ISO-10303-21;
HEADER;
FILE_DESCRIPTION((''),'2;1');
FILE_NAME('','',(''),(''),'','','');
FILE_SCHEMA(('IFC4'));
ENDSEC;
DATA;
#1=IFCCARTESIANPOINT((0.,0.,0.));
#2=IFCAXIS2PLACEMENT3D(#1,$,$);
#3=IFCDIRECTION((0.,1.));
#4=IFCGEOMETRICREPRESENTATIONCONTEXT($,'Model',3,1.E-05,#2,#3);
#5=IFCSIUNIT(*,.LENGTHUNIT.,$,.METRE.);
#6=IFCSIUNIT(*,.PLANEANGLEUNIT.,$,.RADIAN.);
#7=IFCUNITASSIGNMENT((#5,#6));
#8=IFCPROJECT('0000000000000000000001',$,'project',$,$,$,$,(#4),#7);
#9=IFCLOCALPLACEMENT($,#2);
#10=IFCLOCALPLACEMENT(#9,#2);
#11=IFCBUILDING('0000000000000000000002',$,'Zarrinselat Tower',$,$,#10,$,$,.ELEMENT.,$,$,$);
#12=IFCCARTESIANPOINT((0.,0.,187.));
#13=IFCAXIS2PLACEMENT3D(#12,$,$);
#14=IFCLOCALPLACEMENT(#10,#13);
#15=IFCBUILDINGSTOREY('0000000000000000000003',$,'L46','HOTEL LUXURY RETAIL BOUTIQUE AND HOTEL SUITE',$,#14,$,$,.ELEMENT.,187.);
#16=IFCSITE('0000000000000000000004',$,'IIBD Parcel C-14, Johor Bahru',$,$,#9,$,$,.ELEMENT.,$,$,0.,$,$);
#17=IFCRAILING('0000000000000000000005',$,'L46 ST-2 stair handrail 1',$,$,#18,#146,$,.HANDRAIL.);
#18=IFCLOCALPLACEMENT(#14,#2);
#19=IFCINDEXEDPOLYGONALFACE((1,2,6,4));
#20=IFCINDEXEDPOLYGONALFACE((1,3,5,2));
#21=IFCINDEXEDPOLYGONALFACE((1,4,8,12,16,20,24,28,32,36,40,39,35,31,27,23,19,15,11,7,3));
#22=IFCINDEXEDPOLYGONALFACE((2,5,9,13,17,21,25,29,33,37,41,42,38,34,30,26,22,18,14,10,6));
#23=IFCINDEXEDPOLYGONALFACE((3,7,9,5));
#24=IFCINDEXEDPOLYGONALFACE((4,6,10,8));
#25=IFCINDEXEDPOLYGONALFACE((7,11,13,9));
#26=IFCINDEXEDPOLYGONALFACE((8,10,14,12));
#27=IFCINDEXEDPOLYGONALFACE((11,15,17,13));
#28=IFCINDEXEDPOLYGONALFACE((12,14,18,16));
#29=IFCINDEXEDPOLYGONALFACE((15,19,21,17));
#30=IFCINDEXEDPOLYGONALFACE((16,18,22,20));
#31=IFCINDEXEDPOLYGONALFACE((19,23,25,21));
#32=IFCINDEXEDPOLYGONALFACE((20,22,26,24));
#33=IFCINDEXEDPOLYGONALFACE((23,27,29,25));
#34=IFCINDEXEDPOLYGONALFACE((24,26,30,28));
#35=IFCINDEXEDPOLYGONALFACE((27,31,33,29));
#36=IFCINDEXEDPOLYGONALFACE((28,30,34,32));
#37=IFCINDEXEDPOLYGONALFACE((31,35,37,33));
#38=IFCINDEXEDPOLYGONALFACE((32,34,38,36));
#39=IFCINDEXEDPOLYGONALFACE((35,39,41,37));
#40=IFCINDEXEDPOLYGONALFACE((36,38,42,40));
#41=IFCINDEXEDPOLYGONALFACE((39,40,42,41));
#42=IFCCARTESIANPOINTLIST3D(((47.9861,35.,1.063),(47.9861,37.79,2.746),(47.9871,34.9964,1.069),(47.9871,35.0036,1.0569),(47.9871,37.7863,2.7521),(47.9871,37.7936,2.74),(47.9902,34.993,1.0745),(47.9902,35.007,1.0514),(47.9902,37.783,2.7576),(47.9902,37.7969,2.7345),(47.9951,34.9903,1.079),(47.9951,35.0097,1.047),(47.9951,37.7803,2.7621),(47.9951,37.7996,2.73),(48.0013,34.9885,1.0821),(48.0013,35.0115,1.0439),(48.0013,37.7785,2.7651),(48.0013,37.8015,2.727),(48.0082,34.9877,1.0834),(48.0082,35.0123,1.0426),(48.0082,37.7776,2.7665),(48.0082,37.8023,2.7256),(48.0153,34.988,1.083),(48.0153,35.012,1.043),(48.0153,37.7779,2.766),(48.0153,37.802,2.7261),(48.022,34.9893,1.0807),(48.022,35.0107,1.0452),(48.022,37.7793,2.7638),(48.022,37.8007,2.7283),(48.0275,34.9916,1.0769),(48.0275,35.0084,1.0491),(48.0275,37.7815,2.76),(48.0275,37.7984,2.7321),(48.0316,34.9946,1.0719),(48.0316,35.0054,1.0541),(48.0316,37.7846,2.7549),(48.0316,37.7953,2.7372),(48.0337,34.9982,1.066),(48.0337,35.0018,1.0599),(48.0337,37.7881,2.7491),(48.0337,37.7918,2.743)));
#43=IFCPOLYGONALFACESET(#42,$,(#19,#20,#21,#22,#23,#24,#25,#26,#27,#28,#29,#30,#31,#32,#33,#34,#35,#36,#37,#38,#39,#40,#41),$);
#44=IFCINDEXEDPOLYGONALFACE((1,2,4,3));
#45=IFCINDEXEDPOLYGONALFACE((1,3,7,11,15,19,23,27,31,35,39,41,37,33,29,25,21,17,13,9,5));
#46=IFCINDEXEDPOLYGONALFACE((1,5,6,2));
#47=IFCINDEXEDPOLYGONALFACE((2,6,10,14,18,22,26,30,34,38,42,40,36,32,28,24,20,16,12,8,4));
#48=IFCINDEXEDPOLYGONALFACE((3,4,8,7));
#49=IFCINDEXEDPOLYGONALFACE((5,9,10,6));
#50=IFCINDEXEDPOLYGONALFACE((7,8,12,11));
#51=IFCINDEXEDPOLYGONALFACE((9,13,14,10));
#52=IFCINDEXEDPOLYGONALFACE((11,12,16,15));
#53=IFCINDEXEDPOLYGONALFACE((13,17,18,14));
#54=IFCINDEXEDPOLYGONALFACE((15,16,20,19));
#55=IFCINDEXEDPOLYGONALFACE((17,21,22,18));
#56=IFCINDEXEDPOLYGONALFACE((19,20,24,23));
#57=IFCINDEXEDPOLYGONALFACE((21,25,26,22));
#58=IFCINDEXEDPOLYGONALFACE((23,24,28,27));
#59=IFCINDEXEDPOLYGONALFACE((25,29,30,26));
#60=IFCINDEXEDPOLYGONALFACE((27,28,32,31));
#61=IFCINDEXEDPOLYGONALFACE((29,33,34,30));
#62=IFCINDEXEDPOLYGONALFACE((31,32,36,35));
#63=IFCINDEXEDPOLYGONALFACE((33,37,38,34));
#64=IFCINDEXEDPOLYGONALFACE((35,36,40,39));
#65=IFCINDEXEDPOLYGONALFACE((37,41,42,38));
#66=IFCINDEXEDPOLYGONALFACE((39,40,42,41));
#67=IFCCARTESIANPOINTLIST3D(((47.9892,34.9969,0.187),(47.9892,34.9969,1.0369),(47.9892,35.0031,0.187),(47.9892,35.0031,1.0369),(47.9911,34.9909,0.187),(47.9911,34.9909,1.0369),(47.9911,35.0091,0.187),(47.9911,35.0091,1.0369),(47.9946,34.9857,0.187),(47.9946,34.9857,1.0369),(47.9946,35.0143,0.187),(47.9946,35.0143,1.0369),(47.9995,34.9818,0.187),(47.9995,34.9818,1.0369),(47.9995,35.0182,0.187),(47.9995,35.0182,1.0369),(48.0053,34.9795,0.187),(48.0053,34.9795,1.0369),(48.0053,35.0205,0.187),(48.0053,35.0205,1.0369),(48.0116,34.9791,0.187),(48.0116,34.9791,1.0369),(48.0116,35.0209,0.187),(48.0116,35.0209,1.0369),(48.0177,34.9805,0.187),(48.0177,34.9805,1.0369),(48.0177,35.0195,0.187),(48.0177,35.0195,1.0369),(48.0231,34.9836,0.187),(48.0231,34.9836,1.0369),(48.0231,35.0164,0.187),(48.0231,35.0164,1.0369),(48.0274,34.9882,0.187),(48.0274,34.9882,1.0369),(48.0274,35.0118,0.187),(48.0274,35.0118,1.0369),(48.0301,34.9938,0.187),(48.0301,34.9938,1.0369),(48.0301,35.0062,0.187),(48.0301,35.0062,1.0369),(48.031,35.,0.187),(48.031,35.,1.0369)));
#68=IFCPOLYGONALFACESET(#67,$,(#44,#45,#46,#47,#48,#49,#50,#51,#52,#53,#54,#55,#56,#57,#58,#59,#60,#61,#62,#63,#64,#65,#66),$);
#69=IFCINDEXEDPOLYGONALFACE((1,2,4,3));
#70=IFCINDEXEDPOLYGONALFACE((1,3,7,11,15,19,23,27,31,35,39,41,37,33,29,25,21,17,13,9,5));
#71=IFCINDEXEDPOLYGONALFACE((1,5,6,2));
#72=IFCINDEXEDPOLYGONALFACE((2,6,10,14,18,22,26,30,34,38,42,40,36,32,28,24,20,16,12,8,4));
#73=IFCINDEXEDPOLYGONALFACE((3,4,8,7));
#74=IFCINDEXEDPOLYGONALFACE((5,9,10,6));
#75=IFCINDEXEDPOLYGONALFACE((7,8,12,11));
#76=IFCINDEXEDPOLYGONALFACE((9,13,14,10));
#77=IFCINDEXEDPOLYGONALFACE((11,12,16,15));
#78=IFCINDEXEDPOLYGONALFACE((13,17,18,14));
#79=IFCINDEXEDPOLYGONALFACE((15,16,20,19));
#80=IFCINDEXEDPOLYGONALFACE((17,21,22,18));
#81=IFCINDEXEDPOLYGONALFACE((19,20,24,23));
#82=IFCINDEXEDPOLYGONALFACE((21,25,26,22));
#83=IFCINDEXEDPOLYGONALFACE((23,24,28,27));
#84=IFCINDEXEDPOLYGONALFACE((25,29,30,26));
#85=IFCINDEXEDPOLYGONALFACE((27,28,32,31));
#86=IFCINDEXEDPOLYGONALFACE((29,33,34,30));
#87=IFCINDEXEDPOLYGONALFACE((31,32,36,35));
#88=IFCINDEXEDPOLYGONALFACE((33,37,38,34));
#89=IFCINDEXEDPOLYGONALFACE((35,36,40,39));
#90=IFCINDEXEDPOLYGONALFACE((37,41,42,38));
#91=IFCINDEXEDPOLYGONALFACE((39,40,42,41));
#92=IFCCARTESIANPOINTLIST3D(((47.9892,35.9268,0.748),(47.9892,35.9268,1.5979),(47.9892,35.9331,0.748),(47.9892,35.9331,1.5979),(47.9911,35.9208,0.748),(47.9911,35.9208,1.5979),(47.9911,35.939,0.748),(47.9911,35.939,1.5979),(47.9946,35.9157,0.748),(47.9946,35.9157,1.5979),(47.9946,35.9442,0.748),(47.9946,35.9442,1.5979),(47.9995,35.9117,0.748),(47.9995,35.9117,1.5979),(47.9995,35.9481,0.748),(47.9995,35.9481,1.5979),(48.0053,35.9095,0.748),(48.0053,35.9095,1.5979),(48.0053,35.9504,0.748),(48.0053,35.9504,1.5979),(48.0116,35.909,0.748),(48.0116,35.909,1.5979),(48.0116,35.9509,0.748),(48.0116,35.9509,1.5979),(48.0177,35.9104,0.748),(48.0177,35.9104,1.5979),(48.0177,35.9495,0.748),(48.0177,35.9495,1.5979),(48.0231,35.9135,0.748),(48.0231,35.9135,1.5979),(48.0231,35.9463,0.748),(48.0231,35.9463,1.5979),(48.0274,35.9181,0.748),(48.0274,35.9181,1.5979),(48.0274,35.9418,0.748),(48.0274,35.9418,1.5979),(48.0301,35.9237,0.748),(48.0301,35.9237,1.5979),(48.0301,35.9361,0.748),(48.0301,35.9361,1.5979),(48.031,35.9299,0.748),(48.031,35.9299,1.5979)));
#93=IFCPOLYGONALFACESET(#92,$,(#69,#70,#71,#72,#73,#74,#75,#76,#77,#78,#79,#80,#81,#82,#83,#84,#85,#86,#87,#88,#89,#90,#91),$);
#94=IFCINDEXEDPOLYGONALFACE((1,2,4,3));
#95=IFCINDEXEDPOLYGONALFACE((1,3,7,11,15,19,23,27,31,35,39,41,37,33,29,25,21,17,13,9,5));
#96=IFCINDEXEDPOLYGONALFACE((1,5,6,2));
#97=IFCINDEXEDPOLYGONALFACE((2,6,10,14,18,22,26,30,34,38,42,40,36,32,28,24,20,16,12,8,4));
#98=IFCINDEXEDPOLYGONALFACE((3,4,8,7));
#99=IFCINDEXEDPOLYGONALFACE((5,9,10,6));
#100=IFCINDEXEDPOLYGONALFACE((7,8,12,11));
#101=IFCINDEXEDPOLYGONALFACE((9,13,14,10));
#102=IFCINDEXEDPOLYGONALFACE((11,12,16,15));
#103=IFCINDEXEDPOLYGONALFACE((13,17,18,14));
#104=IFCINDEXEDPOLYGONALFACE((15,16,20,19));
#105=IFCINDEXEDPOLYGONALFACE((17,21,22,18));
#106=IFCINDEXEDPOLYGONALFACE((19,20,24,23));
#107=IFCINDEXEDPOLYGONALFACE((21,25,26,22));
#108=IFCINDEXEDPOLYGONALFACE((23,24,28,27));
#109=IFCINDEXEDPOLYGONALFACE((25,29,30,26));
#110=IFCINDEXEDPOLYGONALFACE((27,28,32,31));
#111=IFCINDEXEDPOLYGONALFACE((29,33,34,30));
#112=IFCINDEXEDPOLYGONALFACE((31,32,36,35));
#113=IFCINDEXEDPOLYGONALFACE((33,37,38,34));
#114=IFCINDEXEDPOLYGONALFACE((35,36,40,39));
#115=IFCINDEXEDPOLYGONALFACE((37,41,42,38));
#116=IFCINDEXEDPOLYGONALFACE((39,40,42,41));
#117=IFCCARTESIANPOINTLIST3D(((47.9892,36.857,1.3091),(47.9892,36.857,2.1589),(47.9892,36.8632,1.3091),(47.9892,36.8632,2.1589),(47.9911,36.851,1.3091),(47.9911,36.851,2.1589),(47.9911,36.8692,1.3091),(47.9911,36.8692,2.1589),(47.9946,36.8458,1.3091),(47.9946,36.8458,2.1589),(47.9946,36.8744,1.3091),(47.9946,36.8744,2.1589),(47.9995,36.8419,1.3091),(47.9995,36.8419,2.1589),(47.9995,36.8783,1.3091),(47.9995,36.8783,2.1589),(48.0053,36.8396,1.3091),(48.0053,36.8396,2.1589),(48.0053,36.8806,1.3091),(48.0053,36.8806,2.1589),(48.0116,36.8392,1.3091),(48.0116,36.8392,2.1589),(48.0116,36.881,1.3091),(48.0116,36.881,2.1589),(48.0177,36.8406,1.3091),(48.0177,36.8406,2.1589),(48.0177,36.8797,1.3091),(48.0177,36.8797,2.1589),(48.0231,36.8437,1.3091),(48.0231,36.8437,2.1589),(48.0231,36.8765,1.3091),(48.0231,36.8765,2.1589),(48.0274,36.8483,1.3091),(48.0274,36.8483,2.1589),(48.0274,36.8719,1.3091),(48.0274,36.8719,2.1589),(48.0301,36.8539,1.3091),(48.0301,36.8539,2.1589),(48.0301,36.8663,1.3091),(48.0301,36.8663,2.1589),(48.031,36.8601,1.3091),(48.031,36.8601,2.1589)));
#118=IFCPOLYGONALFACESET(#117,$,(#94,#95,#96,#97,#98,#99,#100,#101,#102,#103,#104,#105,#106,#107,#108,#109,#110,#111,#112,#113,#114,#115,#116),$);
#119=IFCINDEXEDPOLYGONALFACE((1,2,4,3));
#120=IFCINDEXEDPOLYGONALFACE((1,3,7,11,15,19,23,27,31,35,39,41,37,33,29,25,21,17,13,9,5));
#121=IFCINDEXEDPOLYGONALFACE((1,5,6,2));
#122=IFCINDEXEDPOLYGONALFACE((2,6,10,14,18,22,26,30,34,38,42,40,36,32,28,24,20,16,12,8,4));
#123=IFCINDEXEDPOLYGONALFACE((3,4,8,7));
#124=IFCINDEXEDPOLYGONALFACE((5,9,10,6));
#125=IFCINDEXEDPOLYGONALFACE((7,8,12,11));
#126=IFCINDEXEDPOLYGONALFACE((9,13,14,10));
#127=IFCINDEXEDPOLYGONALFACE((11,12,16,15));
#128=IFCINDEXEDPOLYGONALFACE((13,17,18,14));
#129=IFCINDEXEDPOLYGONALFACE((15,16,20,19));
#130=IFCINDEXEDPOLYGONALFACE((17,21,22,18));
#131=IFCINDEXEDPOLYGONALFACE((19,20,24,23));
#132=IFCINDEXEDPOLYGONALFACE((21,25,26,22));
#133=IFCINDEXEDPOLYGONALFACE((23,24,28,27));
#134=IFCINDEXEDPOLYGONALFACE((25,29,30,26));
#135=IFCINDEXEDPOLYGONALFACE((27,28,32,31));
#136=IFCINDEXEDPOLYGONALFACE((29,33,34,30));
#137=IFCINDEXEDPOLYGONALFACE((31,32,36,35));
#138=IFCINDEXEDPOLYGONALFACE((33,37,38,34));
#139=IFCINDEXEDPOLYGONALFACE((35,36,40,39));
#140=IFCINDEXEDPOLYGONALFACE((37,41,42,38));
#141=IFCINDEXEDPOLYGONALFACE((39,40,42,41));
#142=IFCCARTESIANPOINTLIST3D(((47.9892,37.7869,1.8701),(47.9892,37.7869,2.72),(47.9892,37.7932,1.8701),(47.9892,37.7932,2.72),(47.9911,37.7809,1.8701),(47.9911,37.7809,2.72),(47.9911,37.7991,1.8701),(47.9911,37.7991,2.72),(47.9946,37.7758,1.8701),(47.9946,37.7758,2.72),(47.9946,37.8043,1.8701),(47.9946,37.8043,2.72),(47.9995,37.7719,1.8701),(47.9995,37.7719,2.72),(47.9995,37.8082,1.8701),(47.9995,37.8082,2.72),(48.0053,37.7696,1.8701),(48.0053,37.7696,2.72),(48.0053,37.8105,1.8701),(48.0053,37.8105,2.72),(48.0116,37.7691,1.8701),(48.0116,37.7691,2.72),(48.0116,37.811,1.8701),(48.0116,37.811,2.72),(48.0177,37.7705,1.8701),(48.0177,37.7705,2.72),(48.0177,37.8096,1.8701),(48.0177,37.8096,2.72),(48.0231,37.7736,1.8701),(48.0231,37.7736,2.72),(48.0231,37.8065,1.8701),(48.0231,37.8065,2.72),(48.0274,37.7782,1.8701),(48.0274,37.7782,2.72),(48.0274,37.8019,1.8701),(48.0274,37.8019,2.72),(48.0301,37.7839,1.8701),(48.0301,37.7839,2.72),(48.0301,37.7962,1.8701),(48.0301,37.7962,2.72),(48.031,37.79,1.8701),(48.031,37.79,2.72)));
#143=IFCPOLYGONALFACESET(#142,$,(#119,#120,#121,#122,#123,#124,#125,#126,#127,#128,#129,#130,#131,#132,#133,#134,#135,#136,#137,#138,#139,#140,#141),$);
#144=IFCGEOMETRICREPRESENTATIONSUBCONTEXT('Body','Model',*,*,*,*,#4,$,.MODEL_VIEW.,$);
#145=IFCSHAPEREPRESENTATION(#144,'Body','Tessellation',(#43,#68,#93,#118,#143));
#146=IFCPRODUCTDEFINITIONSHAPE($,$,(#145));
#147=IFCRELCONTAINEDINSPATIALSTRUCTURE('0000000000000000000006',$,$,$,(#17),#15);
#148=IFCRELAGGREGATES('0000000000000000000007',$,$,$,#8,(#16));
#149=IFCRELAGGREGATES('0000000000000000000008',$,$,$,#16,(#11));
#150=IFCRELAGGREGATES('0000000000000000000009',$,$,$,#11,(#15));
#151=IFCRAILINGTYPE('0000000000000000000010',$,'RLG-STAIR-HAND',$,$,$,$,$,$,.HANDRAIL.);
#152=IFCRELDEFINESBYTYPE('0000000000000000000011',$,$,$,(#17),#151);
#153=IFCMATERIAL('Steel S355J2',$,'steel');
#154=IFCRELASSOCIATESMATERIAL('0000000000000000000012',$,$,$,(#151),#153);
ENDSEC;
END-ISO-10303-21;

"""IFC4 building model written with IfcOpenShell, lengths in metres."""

from ifc_helpers import new_model, si_unit, direction, frame, origin, origin_2d, place, context, subcontext, project, spatial, circle, extrude, material, type_object, element, save


model = new_model("IFC4")

# Units and contexts
model_context = context("Model", 3, precision=1e-05, world=origin(), true_north=direction((0.0, 1.0)))
body_context = subcontext(model_context, "Body", "Model", "MODEL_VIEW")
ifc_project = project(units=[si_unit("LENGTHUNIT", "METRE"), si_unit("PLANEANGLEUNIT", "RADIAN")], contexts=[model_context])

# Site, building, storey
site_placement = place(None, origin())
site = spatial("IfcSite", under=ifc_project, at=site_placement, Name="IIBD Parcel C-14, Johor Bahru", CompositionType="ELEMENT", RefElevation=0.0)
building_placement = place(site_placement, origin())
building = spatial("IfcBuilding", under=site, at=building_placement, Name="Zarrinselat Tower", CompositionType="ELEMENT")
storey_placement = place(building_placement, frame((0.0, 0.0, 187.0)))
storey = spatial("IfcBuildingStorey", under=building, at=storey_placement, Name="L46", Description="HOTEL LUXURY RETAIL BOUTIQUE AND HOTEL SUITE", CompositionType="ELEMENT", Elevation=187.0)

# Railing
ifc_material_1 = material(Name="Steel S355J2", Category="steel")
railing_type_1 = type_object("IfcRailingType", Name="RLG-STAIR-HAND", PredefinedType="HANDRAIL", material=ifc_material_1)
railing_1_placement = place(storey_placement, frame((48.01, 35.0, 0.187)))
element("IfcRailing", 1, at=railing_1_placement, inside=storey, type_object=railing_type_1, Name="L46 ST-2 stair handrail 1", PredefinedType="HANDRAIL", context=body_context, shape_type="SweptSolid", body=[
    extrude(circle(Radius=0.0239, at=origin_2d()), frame((0.0, 0.0, 0.876), z_axis=(0.0, 0.856261, 0.516544), x_axis=(-1.0, 0.0, 0.0)), (0.0, 0.0, 1.0), 3.2583),
    extrude(circle(Radius=0.021, at=origin_2d()), origin(), (0.0, 0.0, 1.0), 0.8499),
    extrude(circle(Radius=0.021, at=origin_2d()), frame((0.0, 0.9299, 0.561)), (0.0, 0.0, 1.0), 0.8499),
    extrude(circle(Radius=0.021, at=origin_2d()), frame((0.0, 1.8601, 1.1221)), (0.0, 0.0, 1.0), 0.8499),
    extrude(circle(Radius=0.021, at=origin_2d()), frame((0.0, 2.79, 1.6831)), (0.0, 0.0, 1.0), 0.8499),
])

save(model, "model.ifc")
